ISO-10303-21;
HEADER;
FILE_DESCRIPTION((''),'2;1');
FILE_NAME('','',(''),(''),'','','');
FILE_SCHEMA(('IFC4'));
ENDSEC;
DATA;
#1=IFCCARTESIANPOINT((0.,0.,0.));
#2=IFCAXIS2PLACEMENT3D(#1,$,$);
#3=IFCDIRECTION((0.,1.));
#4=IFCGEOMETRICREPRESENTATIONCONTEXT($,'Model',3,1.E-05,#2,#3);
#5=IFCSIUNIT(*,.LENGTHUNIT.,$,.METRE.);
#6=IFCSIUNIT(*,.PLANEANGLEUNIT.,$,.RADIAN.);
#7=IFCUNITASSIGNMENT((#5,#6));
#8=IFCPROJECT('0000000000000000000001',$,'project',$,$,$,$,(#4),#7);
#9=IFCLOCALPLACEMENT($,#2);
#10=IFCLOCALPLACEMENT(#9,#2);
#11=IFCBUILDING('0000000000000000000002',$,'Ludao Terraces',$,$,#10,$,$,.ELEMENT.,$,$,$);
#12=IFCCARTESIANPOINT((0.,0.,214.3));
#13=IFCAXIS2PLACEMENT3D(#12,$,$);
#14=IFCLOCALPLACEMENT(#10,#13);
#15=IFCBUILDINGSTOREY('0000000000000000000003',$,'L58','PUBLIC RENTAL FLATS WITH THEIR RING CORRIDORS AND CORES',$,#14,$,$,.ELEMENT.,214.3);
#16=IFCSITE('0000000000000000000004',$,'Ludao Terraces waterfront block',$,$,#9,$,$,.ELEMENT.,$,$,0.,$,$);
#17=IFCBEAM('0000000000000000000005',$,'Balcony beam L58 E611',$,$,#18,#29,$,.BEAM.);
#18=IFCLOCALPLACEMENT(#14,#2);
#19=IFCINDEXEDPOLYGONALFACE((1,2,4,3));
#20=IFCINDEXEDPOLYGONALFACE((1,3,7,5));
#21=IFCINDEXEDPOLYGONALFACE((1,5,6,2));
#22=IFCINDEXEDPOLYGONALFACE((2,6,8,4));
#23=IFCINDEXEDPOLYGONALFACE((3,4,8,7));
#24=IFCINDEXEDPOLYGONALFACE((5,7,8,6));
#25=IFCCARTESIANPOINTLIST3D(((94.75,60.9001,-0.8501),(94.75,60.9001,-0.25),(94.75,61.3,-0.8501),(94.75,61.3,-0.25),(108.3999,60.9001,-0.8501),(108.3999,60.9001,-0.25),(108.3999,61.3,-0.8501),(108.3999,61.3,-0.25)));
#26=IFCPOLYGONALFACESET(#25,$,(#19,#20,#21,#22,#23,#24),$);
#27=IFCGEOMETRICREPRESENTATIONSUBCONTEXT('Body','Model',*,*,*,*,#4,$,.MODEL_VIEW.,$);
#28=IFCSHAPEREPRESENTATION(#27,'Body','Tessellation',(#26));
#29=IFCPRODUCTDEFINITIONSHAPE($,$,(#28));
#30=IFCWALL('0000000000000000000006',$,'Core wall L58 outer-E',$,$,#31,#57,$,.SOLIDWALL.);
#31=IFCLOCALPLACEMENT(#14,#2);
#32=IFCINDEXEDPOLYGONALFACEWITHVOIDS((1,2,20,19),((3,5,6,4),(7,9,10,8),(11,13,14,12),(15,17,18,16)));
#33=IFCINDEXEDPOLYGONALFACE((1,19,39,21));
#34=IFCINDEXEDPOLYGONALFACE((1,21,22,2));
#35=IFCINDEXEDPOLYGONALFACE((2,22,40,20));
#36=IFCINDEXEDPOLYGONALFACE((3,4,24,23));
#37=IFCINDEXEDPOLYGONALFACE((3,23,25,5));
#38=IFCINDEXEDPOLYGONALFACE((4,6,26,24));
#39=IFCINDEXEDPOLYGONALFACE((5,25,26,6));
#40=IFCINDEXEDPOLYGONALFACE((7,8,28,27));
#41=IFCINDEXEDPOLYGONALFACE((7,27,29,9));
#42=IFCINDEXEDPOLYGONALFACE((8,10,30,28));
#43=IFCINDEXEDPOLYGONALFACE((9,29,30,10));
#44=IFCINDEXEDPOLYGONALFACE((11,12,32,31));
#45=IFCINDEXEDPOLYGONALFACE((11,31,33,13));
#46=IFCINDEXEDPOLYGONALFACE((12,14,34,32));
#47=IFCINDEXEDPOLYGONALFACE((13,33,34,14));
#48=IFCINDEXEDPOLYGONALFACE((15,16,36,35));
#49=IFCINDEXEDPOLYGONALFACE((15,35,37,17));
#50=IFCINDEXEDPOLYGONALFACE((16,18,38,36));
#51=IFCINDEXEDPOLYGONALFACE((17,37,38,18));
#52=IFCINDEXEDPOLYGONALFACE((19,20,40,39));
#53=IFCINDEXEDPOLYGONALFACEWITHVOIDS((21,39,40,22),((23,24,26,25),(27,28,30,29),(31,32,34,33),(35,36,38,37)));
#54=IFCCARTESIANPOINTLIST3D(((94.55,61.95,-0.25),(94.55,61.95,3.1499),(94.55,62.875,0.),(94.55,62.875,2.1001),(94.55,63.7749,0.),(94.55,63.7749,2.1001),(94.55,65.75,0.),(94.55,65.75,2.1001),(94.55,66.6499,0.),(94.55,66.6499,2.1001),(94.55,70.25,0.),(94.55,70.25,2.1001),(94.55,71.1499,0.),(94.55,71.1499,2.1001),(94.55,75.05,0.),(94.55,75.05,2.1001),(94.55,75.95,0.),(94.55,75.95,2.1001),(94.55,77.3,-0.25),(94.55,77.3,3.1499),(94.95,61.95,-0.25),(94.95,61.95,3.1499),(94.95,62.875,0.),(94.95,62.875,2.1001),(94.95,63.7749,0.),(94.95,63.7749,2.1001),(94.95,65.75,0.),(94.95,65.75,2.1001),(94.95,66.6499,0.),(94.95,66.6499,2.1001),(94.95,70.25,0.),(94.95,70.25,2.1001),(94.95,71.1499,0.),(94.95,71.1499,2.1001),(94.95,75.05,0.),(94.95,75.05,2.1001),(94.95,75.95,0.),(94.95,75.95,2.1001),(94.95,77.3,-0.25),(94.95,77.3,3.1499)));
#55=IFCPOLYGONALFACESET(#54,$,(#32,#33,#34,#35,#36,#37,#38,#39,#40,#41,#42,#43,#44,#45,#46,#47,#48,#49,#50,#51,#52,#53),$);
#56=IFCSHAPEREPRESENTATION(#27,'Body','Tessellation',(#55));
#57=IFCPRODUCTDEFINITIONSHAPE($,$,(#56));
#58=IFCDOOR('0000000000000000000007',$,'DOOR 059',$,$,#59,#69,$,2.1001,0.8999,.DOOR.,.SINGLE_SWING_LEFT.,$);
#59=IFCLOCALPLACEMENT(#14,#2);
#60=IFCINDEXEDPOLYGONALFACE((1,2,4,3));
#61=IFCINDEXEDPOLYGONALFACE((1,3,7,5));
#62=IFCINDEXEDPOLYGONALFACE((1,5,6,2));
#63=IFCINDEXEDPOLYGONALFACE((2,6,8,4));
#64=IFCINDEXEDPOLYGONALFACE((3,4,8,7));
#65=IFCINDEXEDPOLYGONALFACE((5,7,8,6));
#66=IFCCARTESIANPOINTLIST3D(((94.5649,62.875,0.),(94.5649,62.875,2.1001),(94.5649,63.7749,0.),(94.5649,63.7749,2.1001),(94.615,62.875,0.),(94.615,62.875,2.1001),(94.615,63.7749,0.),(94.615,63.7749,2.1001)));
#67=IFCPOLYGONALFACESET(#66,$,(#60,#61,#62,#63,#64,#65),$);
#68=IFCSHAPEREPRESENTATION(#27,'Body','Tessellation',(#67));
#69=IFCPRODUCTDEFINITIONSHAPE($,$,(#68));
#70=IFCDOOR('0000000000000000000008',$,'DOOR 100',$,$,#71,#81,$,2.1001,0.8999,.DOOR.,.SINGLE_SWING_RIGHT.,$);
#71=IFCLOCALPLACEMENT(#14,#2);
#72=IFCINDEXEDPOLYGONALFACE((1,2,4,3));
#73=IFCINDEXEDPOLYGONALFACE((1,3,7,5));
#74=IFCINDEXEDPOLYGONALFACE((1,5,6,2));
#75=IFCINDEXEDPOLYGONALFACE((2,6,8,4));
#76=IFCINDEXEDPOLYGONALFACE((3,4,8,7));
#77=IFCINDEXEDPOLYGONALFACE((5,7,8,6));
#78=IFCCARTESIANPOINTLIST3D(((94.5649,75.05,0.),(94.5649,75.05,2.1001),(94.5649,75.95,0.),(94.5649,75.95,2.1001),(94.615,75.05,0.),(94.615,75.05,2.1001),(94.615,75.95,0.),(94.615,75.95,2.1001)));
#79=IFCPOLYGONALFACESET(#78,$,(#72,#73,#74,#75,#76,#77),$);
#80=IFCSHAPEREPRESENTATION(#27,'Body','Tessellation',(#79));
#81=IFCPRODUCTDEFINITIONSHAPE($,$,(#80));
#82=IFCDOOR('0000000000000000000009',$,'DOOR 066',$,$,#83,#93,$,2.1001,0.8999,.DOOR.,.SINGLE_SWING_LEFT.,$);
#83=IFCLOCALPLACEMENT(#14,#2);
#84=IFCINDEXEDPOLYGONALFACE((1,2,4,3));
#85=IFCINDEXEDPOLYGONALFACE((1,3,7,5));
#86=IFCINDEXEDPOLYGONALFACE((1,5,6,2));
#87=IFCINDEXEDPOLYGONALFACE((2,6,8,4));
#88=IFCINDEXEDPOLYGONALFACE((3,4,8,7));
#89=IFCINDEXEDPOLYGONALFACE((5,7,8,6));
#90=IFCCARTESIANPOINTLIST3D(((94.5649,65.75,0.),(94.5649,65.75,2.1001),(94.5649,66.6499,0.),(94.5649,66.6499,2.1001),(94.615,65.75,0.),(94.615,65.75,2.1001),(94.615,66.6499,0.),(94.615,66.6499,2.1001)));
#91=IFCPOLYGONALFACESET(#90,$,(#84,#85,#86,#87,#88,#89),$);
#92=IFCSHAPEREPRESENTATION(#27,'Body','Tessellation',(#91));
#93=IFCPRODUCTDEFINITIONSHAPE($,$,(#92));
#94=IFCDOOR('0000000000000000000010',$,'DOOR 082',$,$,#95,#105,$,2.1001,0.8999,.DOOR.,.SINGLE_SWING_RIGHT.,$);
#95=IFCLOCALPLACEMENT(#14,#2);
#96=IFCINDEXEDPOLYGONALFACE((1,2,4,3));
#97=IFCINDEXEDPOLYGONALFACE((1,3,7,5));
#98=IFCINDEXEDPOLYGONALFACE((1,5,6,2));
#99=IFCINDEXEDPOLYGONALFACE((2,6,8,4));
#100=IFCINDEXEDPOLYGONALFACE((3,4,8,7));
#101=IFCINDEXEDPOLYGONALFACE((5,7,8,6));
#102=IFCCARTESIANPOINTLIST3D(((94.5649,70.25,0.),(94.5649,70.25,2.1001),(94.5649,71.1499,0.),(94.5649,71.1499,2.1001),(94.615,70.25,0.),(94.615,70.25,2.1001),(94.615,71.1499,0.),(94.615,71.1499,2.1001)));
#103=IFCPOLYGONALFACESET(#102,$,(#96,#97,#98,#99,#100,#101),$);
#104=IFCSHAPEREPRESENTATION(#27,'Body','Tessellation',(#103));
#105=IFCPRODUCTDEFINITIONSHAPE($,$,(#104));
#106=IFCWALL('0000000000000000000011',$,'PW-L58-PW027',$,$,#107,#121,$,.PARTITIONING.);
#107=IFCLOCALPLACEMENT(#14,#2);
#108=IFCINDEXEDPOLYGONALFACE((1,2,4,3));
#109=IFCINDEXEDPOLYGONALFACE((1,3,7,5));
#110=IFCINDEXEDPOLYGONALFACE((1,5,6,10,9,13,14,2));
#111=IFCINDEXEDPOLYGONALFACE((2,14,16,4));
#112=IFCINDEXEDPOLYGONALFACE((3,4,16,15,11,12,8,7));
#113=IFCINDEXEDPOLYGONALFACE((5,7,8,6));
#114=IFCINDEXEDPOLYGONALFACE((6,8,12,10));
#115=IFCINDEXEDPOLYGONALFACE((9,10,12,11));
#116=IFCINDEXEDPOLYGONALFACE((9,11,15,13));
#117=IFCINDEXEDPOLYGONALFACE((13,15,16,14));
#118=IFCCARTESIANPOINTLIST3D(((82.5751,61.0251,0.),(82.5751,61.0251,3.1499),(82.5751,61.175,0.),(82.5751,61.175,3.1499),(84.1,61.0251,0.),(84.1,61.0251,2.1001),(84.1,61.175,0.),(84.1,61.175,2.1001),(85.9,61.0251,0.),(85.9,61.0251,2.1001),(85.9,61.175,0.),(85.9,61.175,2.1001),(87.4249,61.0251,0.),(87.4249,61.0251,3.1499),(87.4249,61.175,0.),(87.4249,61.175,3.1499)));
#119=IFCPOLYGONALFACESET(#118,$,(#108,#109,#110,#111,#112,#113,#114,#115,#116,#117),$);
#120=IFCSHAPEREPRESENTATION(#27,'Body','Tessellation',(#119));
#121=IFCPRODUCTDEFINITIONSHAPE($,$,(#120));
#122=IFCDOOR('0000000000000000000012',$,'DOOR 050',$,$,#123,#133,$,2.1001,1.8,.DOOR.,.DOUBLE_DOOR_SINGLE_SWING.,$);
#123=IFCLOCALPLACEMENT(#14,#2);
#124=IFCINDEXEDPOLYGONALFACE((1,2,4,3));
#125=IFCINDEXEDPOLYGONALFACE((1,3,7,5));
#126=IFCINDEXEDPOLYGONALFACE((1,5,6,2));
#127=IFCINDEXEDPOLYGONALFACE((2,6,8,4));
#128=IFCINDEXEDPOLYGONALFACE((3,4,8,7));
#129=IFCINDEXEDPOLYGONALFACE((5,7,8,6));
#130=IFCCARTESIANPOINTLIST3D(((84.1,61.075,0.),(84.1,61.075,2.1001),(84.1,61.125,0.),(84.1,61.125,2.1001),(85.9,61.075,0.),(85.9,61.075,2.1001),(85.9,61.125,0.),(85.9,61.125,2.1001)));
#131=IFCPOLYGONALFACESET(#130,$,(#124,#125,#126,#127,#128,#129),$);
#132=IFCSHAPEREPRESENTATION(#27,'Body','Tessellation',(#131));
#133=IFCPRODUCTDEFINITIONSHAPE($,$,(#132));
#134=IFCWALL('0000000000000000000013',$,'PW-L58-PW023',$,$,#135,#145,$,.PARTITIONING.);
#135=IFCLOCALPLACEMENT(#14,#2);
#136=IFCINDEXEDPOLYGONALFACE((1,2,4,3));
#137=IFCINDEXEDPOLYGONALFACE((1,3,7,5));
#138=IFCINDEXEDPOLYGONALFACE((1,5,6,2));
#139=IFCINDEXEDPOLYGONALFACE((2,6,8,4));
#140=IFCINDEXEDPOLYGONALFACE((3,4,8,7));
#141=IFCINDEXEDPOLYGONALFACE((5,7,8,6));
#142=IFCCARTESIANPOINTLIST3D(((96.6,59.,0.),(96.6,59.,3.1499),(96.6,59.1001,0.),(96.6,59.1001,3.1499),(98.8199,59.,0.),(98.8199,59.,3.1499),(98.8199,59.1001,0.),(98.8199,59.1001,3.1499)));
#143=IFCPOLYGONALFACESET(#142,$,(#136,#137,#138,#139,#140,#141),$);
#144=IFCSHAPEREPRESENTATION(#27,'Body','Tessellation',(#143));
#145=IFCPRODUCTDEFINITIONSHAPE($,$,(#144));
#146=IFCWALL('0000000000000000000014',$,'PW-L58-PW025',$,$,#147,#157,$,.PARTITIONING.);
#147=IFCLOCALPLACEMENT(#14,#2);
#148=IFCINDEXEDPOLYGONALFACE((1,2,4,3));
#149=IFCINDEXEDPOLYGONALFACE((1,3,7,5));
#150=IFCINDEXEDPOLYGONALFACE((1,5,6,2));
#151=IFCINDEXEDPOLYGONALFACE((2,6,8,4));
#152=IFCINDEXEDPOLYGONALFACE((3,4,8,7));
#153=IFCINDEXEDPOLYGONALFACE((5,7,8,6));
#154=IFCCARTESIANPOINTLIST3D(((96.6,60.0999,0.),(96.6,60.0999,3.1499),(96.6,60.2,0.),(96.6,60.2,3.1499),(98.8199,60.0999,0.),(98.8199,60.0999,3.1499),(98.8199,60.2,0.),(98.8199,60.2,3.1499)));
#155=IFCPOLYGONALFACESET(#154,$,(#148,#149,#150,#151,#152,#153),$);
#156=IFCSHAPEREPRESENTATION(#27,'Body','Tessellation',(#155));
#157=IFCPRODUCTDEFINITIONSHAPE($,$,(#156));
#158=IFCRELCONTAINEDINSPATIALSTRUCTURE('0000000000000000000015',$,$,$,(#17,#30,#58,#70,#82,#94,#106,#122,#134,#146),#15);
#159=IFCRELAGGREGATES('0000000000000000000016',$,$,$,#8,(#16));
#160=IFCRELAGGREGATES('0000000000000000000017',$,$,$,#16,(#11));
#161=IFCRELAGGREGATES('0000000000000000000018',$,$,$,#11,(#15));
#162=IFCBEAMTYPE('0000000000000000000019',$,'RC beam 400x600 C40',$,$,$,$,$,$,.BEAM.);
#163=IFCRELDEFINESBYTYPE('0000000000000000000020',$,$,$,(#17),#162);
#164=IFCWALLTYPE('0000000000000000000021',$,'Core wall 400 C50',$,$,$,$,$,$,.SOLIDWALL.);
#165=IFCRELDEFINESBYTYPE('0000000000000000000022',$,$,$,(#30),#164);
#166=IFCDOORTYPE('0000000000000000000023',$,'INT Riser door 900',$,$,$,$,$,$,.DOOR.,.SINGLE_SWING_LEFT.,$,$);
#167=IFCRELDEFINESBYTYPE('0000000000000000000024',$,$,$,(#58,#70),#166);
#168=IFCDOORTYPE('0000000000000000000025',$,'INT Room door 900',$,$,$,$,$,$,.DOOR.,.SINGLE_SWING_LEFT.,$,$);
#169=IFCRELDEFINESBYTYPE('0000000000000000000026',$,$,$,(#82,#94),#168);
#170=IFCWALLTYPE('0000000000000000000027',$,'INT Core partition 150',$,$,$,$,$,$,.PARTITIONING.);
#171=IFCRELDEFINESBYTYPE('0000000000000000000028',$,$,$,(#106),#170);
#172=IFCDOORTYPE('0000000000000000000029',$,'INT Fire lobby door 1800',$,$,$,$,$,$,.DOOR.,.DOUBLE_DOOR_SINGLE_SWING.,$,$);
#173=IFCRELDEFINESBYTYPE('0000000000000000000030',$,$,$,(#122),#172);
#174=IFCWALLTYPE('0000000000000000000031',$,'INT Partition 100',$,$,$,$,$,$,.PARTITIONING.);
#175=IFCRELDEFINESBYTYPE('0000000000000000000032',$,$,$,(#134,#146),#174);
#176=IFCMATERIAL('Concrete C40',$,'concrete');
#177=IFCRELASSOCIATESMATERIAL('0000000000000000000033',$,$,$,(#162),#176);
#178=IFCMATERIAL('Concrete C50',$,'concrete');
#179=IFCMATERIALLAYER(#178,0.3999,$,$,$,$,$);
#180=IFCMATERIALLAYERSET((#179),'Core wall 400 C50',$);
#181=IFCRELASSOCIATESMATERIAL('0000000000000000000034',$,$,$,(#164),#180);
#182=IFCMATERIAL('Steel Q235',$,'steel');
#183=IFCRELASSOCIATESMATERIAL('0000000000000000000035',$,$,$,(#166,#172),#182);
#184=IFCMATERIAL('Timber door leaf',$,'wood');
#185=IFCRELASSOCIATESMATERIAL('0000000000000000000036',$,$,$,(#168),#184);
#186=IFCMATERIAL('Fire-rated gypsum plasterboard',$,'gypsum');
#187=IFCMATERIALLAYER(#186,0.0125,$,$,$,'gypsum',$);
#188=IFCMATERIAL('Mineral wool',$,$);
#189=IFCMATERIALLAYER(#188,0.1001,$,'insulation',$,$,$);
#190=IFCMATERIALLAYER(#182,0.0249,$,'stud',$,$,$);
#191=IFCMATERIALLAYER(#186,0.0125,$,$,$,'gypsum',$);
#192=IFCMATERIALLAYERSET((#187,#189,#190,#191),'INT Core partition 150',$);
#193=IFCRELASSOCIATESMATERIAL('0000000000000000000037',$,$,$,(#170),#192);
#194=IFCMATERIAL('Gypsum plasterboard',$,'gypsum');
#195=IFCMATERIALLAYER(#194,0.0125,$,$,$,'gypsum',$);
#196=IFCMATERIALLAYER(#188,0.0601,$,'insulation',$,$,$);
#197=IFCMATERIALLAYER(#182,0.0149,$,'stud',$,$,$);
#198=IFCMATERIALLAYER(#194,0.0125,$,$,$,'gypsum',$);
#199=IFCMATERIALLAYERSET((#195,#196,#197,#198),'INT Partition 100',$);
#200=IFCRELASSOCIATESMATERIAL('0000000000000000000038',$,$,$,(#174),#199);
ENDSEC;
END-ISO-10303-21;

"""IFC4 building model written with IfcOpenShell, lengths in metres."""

from ifc_helpers import new_model, si_unit, direction, frame, frame_2d, origin, origin_2d, place, context, subcontext, project, spatial, rectangle, extrude, material, layer, layer_set, material_profile, profile_set, type_object, element, fill, save


model = new_model("IFC4")

# Units and contexts
model_context = context("Model", 3, precision=1e-05, world=origin(), true_north=direction((0.0, 1.0)))
body_context = subcontext(model_context, "Body", "Model", "MODEL_VIEW")
ifc_project = project(units=[si_unit("LENGTHUNIT", "METRE"), si_unit("PLANEANGLEUNIT", "RADIAN")], contexts=[model_context])

# Site, building, storey
site_placement = place(None, origin())
site = spatial("IfcSite", under=ifc_project, at=site_placement, Name="Ludao Terraces waterfront block", CompositionType="ELEMENT", RefElevation=0.0)
building_placement = place(site_placement, origin())
building = spatial("IfcBuilding", under=site, at=building_placement, Name="Ludao Terraces", CompositionType="ELEMENT")
storey_placement = place(building_placement, frame((0.0, 0.0, 214.3)))
storey = spatial("IfcBuildingStorey", under=building, at=storey_placement, Name="L58", Description="PUBLIC RENTAL FLATS WITH THEIR RING CORRIDORS AND CORES", CompositionType="ELEMENT", Elevation=214.3)

# Beam
ifc_material_1 = material(Name="Concrete C40", Category="concrete")
ifc_material_profile = material_profile(ifc_material_1, rectangle(XDim=0.3999, YDim=0.6001, at=origin_2d()), Name="400 X 600")
ifc_profile_set = profile_set([ifc_material_profile], Name="Concrete C40")
beam_type = type_object("IfcBeamType", Name="RC beam 400x600 C40", PredefinedType="BEAM", material=ifc_profile_set)
beam_placement = place(storey_placement, frame((94.75, 61.1001, -0.55), z_axis=(1.0, 0.0, 0.0), x_axis=(0.0, 1.0, 0.0)))
element("IfcBeam", 1, at=beam_placement, inside=storey, type_object=beam_type, Name="Balcony beam L58 E611", PredefinedType="BEAM", context=body_context, shape_type="SweptSolid", body=[
    extrude(rectangle(XDim=0.3999, YDim=0.6001, at=origin_2d()), origin(), (0.0, 0.0, 1.0), 13.6499),
])

# Wall, openings, doors
ifc_material_2 = material(Name="Concrete C50", Category="concrete")
ifc_layer_1 = layer(ifc_material_2, 0.3999)
ifc_layer_set_1 = layer_set([ifc_layer_1], Name="Core wall 400 C50")
wall_type_1 = type_object("IfcWallType", Name="Core wall 400 C50", PredefinedType="SOLIDWALL", material=ifc_layer_set_1)
wall_1_placement = place(storey_placement, frame((94.75, 61.95, -0.25), z_axis=(0.0, 0.0, 1.0), x_axis=(0.0, 1.0, 0.0)))
wall_1 = element("IfcWall", 2, at=wall_1_placement, inside=storey, type_object=wall_type_1, Name="Core wall L58 outer-E", PredefinedType="SOLIDWALL", context=body_context, shape_type="SweptSolid", body=[
    extrude(rectangle(XDim=15.3501, YDim=0.3999, at=frame_2d((7.675, 0.0))), origin(), (0.0, 0.0, 1.0), 3.3999),
])
opening_1_placement = place(wall_1_placement, frame((0.925, 0.0, 0.25)))
opening_1 = element("IfcOpeningElement", 3, at=opening_1_placement, cuts=wall_1, PredefinedType="OPENING", context=body_context, shape_type="SweptSolid", body=[
    extrude(rectangle(XDim=0.8999, YDim=2.1001, at=frame_2d((0.45, 1.05))), frame((0.0, 0.21, 0.0), z_axis=(0.0, -1.0, 0.0), x_axis=(1.0, 0.0, 0.0)), (0.0, 0.0, 1.0), 0.4199),
])
opening_2_placement = place(wall_1_placement, frame((3.8, 0.0, 0.25)))
opening_2 = element("IfcOpeningElement", 4, at=opening_2_placement, cuts=wall_1, PredefinedType="OPENING", context=body_context, shape_type="SweptSolid", body=[
    extrude(rectangle(XDim=0.8999, YDim=2.1001, at=frame_2d((0.45, 1.05))), frame((0.0, 0.21, 0.0), z_axis=(0.0, -1.0, 0.0), x_axis=(1.0, 0.0, 0.0)), (0.0, 0.0, 1.0), 0.4199),
])
opening_3_placement = place(wall_1_placement, frame((8.3, 0.0, 0.25)))
opening_3 = element("IfcOpeningElement", 5, at=opening_3_placement, cuts=wall_1, PredefinedType="OPENING", context=body_context, shape_type="SweptSolid", body=[
    extrude(rectangle(XDim=0.8999, YDim=2.1001, at=frame_2d((0.45, 1.05))), frame((0.0, 0.21, 0.0), z_axis=(0.0, -1.0, 0.0), x_axis=(1.0, 0.0, 0.0)), (0.0, 0.0, 1.0), 0.4199),
])
opening_4_placement = place(wall_1_placement, frame((13.1001, 0.0, 0.25)))
opening_4 = element("IfcOpeningElement", 6, at=opening_4_placement, cuts=wall_1, PredefinedType="OPENING", context=body_context, shape_type="SweptSolid", body=[
    extrude(rectangle(XDim=0.8999, YDim=2.1001, at=frame_2d((0.45, 1.05))), frame((0.0, 0.21, 0.0), z_axis=(0.0, -1.0, 0.0), x_axis=(1.0, 0.0, 0.0)), (0.0, 0.0, 1.0), 0.4199),
])
ifc_material_3 = material(Name="Steel Q235", Category="steel")
door_type_1 = type_object("IfcDoorType", Name="INT Riser door 900", OperationType="SINGLE_SWING_LEFT", PredefinedType="DOOR", material=ifc_material_3)
door_1_placement = place(opening_1_placement, origin())
door_1 = element("IfcDoor", 7, at=door_1_placement, inside=storey, type_object=door_type_1, Name="DOOR 059", OperationType="SINGLE_SWING_LEFT", OverallHeight=2.1001, OverallWidth=0.8999, PredefinedType="DOOR", context=body_context, shape_type="SweptSolid", body=[
    extrude(rectangle(XDim=0.8999, YDim=2.1001, at=frame_2d((0.45, 1.05))), frame((0.0, 0.1851, 0.0), z_axis=(0.0, -1.0, 0.0), x_axis=(1.0, 0.0, 0.0)), (0.0, 0.0, 1.0), 0.05),
])
fill(opening_1, door_1)
door_2_placement = place(opening_4_placement, origin())
door_2 = element("IfcDoor", 8, at=door_2_placement, inside=storey, type_object=door_type_1, Name="DOOR 100", OperationType="SINGLE_SWING_RIGHT", OverallHeight=2.1001, OverallWidth=0.8999, PredefinedType="DOOR", context=body_context, shape_type="SweptSolid", body=[
    extrude(rectangle(XDim=0.8999, YDim=2.1001, at=frame_2d((0.45, 1.05))), frame((0.0, 0.1851, 0.0), z_axis=(0.0, -1.0, 0.0), x_axis=(1.0, 0.0, 0.0)), (0.0, 0.0, 1.0), 0.05),
])
fill(opening_4, door_2)
ifc_material_4 = material(Name="Timber door leaf", Category="wood")
door_type_2 = type_object("IfcDoorType", Name="INT Room door 900", OperationType="SINGLE_SWING_LEFT", PredefinedType="DOOR", material=ifc_material_4)
door_3_placement = place(opening_2_placement, origin())
door_3 = element("IfcDoor", 9, at=door_3_placement, inside=storey, type_object=door_type_2, Name="DOOR 066", OperationType="SINGLE_SWING_LEFT", OverallHeight=2.1001, OverallWidth=0.8999, PredefinedType="DOOR", context=body_context, shape_type="SweptSolid", body=[
    extrude(rectangle(XDim=0.8999, YDim=2.1001, at=frame_2d((0.45, 1.05))), frame((0.0, 0.1851, 0.0), z_axis=(0.0, -1.0, 0.0), x_axis=(1.0, 0.0, 0.0)), (0.0, 0.0, 1.0), 0.05),
])
fill(opening_2, door_3)
door_4_placement = place(opening_3_placement, origin())
door_4 = element("IfcDoor", 10, at=door_4_placement, inside=storey, type_object=door_type_2, Name="DOOR 082", OperationType="SINGLE_SWING_RIGHT", OverallHeight=2.1001, OverallWidth=0.8999, PredefinedType="DOOR", context=body_context, shape_type="SweptSolid", body=[
    extrude(rectangle(XDim=0.8999, YDim=2.1001, at=frame_2d((0.45, 1.05))), frame((0.0, 0.1851, 0.0), z_axis=(0.0, -1.0, 0.0), x_axis=(1.0, 0.0, 0.0)), (0.0, 0.0, 1.0), 0.05),
])
fill(opening_3, door_4)

# Wall, opening, door
ifc_material_5 = material(Name="Fire-rated gypsum plasterboard", Category="gypsum")
ifc_layer_2 = layer(ifc_material_5, 0.0125, Category="gypsum")
ifc_material_6 = material(Name="Mineral wool")
ifc_layer_3 = layer(ifc_material_6, 0.1001, Name="insulation")
ifc_layer_4 = layer(ifc_material_3, 0.0249, Name="stud")
ifc_layer_5 = layer(ifc_material_5, 0.0125, Category="gypsum")
ifc_layer_set_2 = layer_set([ifc_layer_2, ifc_layer_3, ifc_layer_4, ifc_layer_5], Name="INT Core partition 150")
wall_type_2 = type_object("IfcWallType", Name="INT Core partition 150", PredefinedType="PARTITIONING", material=ifc_layer_set_2)
wall_2_placement = place(storey_placement, frame((82.5752, 61.1001, 0.0), z_axis=(0.0, 0.0, 1.0), x_axis=(1.0, 0.0, 0.0)))
wall_2 = element("IfcWall", 11, at=wall_2_placement, inside=storey, type_object=wall_type_2, Name="PW-L58-PW027", PredefinedType="PARTITIONING", context=body_context, shape_type="SweptSolid", body=[
    extrude(rectangle(XDim=4.8499, YDim=0.1499, at=frame_2d((2.4248, 0.0))), origin(), (0.0, 0.0, 1.0), 3.1499),
])
opening_5_placement = place(wall_2_placement, frame((1.5249, 0.0, 0.0)))
opening_5 = element("IfcOpeningElement", 12, at=opening_5_placement, cuts=wall_2, PredefinedType="OPENING", context=body_context, shape_type="SweptSolid", body=[
    extrude(rectangle(XDim=1.8, YDim=2.1001, at=frame_2d((0.8999, 1.05))), frame((0.0, 0.085, 0.0), z_axis=(0.0, -1.0, 0.0), x_axis=(1.0, 0.0, 0.0)), (0.0, 0.0, 1.0), 0.1699),
])
door_type_3 = type_object("IfcDoorType", Name="INT Fire lobby door 1800", OperationType="DOUBLE_DOOR_SINGLE_SWING", PredefinedType="DOOR", material=ifc_material_3)
door_5_placement = place(opening_5_placement, origin())
door_5 = element("IfcDoor", 13, at=door_5_placement, inside=storey, type_object=door_type_3, Name="DOOR 050", OperationType="DOUBLE_DOOR_SINGLE_SWING", OverallHeight=2.1001, OverallWidth=1.8, PredefinedType="DOOR", context=body_context, shape_type="SweptSolid", body=[
    extrude(rectangle(XDim=1.8, YDim=2.1001, at=frame_2d((0.8999, 1.05))), frame((0.0, 0.0249, 0.0), z_axis=(0.0, -1.0, 0.0), x_axis=(1.0, 0.0, 0.0)), (0.0, 0.0, 1.0), 0.05),
])
fill(opening_5, door_5)

# Walls
ifc_material_7 = material(Name="Gypsum plasterboard", Category="gypsum")
ifc_layer_6 = layer(ifc_material_7, 0.0125, Category="gypsum")
ifc_layer_7 = layer(ifc_material_6, 0.0601, Name="insulation")
ifc_layer_8 = layer(ifc_material_3, 0.0149, Name="stud")
ifc_layer_9 = layer(ifc_material_7, 0.0125, Category="gypsum")
ifc_layer_set_3 = layer_set([ifc_layer_6, ifc_layer_7, ifc_layer_8, ifc_layer_9], Name="INT Partition 100")
wall_type_3 = type_object("IfcWallType", Name="INT Partition 100", PredefinedType="PARTITIONING", material=ifc_layer_set_3)
for number, where, z_axis, x_axis, name in (
    (14, (96.6001, 59.05, 0.0), (0.0, 0.0, 1.0), (1.0, 0.0, 0.0), "PW-L58-PW023"),
    (15, (96.6001, 60.1499, 0.0), (0.0, 0.0, 1.0), (1.0, 0.0, 0.0), "PW-L58-PW025"),
):
    element("IfcWall", number, at=place(storey_placement, frame(where, z_axis=z_axis, x_axis=x_axis)), inside=storey, type_object=wall_type_3, Name=name, PredefinedType="PARTITIONING", context=body_context, shape_type="SweptSolid", body=[
        extrude(rectangle(XDim=2.22, YDim=0.1001, at=frame_2d((1.1099, 0.0))), origin(), (0.0, 0.0, 1.0), 3.1499),
    ])

save(model, "model.ifc")
